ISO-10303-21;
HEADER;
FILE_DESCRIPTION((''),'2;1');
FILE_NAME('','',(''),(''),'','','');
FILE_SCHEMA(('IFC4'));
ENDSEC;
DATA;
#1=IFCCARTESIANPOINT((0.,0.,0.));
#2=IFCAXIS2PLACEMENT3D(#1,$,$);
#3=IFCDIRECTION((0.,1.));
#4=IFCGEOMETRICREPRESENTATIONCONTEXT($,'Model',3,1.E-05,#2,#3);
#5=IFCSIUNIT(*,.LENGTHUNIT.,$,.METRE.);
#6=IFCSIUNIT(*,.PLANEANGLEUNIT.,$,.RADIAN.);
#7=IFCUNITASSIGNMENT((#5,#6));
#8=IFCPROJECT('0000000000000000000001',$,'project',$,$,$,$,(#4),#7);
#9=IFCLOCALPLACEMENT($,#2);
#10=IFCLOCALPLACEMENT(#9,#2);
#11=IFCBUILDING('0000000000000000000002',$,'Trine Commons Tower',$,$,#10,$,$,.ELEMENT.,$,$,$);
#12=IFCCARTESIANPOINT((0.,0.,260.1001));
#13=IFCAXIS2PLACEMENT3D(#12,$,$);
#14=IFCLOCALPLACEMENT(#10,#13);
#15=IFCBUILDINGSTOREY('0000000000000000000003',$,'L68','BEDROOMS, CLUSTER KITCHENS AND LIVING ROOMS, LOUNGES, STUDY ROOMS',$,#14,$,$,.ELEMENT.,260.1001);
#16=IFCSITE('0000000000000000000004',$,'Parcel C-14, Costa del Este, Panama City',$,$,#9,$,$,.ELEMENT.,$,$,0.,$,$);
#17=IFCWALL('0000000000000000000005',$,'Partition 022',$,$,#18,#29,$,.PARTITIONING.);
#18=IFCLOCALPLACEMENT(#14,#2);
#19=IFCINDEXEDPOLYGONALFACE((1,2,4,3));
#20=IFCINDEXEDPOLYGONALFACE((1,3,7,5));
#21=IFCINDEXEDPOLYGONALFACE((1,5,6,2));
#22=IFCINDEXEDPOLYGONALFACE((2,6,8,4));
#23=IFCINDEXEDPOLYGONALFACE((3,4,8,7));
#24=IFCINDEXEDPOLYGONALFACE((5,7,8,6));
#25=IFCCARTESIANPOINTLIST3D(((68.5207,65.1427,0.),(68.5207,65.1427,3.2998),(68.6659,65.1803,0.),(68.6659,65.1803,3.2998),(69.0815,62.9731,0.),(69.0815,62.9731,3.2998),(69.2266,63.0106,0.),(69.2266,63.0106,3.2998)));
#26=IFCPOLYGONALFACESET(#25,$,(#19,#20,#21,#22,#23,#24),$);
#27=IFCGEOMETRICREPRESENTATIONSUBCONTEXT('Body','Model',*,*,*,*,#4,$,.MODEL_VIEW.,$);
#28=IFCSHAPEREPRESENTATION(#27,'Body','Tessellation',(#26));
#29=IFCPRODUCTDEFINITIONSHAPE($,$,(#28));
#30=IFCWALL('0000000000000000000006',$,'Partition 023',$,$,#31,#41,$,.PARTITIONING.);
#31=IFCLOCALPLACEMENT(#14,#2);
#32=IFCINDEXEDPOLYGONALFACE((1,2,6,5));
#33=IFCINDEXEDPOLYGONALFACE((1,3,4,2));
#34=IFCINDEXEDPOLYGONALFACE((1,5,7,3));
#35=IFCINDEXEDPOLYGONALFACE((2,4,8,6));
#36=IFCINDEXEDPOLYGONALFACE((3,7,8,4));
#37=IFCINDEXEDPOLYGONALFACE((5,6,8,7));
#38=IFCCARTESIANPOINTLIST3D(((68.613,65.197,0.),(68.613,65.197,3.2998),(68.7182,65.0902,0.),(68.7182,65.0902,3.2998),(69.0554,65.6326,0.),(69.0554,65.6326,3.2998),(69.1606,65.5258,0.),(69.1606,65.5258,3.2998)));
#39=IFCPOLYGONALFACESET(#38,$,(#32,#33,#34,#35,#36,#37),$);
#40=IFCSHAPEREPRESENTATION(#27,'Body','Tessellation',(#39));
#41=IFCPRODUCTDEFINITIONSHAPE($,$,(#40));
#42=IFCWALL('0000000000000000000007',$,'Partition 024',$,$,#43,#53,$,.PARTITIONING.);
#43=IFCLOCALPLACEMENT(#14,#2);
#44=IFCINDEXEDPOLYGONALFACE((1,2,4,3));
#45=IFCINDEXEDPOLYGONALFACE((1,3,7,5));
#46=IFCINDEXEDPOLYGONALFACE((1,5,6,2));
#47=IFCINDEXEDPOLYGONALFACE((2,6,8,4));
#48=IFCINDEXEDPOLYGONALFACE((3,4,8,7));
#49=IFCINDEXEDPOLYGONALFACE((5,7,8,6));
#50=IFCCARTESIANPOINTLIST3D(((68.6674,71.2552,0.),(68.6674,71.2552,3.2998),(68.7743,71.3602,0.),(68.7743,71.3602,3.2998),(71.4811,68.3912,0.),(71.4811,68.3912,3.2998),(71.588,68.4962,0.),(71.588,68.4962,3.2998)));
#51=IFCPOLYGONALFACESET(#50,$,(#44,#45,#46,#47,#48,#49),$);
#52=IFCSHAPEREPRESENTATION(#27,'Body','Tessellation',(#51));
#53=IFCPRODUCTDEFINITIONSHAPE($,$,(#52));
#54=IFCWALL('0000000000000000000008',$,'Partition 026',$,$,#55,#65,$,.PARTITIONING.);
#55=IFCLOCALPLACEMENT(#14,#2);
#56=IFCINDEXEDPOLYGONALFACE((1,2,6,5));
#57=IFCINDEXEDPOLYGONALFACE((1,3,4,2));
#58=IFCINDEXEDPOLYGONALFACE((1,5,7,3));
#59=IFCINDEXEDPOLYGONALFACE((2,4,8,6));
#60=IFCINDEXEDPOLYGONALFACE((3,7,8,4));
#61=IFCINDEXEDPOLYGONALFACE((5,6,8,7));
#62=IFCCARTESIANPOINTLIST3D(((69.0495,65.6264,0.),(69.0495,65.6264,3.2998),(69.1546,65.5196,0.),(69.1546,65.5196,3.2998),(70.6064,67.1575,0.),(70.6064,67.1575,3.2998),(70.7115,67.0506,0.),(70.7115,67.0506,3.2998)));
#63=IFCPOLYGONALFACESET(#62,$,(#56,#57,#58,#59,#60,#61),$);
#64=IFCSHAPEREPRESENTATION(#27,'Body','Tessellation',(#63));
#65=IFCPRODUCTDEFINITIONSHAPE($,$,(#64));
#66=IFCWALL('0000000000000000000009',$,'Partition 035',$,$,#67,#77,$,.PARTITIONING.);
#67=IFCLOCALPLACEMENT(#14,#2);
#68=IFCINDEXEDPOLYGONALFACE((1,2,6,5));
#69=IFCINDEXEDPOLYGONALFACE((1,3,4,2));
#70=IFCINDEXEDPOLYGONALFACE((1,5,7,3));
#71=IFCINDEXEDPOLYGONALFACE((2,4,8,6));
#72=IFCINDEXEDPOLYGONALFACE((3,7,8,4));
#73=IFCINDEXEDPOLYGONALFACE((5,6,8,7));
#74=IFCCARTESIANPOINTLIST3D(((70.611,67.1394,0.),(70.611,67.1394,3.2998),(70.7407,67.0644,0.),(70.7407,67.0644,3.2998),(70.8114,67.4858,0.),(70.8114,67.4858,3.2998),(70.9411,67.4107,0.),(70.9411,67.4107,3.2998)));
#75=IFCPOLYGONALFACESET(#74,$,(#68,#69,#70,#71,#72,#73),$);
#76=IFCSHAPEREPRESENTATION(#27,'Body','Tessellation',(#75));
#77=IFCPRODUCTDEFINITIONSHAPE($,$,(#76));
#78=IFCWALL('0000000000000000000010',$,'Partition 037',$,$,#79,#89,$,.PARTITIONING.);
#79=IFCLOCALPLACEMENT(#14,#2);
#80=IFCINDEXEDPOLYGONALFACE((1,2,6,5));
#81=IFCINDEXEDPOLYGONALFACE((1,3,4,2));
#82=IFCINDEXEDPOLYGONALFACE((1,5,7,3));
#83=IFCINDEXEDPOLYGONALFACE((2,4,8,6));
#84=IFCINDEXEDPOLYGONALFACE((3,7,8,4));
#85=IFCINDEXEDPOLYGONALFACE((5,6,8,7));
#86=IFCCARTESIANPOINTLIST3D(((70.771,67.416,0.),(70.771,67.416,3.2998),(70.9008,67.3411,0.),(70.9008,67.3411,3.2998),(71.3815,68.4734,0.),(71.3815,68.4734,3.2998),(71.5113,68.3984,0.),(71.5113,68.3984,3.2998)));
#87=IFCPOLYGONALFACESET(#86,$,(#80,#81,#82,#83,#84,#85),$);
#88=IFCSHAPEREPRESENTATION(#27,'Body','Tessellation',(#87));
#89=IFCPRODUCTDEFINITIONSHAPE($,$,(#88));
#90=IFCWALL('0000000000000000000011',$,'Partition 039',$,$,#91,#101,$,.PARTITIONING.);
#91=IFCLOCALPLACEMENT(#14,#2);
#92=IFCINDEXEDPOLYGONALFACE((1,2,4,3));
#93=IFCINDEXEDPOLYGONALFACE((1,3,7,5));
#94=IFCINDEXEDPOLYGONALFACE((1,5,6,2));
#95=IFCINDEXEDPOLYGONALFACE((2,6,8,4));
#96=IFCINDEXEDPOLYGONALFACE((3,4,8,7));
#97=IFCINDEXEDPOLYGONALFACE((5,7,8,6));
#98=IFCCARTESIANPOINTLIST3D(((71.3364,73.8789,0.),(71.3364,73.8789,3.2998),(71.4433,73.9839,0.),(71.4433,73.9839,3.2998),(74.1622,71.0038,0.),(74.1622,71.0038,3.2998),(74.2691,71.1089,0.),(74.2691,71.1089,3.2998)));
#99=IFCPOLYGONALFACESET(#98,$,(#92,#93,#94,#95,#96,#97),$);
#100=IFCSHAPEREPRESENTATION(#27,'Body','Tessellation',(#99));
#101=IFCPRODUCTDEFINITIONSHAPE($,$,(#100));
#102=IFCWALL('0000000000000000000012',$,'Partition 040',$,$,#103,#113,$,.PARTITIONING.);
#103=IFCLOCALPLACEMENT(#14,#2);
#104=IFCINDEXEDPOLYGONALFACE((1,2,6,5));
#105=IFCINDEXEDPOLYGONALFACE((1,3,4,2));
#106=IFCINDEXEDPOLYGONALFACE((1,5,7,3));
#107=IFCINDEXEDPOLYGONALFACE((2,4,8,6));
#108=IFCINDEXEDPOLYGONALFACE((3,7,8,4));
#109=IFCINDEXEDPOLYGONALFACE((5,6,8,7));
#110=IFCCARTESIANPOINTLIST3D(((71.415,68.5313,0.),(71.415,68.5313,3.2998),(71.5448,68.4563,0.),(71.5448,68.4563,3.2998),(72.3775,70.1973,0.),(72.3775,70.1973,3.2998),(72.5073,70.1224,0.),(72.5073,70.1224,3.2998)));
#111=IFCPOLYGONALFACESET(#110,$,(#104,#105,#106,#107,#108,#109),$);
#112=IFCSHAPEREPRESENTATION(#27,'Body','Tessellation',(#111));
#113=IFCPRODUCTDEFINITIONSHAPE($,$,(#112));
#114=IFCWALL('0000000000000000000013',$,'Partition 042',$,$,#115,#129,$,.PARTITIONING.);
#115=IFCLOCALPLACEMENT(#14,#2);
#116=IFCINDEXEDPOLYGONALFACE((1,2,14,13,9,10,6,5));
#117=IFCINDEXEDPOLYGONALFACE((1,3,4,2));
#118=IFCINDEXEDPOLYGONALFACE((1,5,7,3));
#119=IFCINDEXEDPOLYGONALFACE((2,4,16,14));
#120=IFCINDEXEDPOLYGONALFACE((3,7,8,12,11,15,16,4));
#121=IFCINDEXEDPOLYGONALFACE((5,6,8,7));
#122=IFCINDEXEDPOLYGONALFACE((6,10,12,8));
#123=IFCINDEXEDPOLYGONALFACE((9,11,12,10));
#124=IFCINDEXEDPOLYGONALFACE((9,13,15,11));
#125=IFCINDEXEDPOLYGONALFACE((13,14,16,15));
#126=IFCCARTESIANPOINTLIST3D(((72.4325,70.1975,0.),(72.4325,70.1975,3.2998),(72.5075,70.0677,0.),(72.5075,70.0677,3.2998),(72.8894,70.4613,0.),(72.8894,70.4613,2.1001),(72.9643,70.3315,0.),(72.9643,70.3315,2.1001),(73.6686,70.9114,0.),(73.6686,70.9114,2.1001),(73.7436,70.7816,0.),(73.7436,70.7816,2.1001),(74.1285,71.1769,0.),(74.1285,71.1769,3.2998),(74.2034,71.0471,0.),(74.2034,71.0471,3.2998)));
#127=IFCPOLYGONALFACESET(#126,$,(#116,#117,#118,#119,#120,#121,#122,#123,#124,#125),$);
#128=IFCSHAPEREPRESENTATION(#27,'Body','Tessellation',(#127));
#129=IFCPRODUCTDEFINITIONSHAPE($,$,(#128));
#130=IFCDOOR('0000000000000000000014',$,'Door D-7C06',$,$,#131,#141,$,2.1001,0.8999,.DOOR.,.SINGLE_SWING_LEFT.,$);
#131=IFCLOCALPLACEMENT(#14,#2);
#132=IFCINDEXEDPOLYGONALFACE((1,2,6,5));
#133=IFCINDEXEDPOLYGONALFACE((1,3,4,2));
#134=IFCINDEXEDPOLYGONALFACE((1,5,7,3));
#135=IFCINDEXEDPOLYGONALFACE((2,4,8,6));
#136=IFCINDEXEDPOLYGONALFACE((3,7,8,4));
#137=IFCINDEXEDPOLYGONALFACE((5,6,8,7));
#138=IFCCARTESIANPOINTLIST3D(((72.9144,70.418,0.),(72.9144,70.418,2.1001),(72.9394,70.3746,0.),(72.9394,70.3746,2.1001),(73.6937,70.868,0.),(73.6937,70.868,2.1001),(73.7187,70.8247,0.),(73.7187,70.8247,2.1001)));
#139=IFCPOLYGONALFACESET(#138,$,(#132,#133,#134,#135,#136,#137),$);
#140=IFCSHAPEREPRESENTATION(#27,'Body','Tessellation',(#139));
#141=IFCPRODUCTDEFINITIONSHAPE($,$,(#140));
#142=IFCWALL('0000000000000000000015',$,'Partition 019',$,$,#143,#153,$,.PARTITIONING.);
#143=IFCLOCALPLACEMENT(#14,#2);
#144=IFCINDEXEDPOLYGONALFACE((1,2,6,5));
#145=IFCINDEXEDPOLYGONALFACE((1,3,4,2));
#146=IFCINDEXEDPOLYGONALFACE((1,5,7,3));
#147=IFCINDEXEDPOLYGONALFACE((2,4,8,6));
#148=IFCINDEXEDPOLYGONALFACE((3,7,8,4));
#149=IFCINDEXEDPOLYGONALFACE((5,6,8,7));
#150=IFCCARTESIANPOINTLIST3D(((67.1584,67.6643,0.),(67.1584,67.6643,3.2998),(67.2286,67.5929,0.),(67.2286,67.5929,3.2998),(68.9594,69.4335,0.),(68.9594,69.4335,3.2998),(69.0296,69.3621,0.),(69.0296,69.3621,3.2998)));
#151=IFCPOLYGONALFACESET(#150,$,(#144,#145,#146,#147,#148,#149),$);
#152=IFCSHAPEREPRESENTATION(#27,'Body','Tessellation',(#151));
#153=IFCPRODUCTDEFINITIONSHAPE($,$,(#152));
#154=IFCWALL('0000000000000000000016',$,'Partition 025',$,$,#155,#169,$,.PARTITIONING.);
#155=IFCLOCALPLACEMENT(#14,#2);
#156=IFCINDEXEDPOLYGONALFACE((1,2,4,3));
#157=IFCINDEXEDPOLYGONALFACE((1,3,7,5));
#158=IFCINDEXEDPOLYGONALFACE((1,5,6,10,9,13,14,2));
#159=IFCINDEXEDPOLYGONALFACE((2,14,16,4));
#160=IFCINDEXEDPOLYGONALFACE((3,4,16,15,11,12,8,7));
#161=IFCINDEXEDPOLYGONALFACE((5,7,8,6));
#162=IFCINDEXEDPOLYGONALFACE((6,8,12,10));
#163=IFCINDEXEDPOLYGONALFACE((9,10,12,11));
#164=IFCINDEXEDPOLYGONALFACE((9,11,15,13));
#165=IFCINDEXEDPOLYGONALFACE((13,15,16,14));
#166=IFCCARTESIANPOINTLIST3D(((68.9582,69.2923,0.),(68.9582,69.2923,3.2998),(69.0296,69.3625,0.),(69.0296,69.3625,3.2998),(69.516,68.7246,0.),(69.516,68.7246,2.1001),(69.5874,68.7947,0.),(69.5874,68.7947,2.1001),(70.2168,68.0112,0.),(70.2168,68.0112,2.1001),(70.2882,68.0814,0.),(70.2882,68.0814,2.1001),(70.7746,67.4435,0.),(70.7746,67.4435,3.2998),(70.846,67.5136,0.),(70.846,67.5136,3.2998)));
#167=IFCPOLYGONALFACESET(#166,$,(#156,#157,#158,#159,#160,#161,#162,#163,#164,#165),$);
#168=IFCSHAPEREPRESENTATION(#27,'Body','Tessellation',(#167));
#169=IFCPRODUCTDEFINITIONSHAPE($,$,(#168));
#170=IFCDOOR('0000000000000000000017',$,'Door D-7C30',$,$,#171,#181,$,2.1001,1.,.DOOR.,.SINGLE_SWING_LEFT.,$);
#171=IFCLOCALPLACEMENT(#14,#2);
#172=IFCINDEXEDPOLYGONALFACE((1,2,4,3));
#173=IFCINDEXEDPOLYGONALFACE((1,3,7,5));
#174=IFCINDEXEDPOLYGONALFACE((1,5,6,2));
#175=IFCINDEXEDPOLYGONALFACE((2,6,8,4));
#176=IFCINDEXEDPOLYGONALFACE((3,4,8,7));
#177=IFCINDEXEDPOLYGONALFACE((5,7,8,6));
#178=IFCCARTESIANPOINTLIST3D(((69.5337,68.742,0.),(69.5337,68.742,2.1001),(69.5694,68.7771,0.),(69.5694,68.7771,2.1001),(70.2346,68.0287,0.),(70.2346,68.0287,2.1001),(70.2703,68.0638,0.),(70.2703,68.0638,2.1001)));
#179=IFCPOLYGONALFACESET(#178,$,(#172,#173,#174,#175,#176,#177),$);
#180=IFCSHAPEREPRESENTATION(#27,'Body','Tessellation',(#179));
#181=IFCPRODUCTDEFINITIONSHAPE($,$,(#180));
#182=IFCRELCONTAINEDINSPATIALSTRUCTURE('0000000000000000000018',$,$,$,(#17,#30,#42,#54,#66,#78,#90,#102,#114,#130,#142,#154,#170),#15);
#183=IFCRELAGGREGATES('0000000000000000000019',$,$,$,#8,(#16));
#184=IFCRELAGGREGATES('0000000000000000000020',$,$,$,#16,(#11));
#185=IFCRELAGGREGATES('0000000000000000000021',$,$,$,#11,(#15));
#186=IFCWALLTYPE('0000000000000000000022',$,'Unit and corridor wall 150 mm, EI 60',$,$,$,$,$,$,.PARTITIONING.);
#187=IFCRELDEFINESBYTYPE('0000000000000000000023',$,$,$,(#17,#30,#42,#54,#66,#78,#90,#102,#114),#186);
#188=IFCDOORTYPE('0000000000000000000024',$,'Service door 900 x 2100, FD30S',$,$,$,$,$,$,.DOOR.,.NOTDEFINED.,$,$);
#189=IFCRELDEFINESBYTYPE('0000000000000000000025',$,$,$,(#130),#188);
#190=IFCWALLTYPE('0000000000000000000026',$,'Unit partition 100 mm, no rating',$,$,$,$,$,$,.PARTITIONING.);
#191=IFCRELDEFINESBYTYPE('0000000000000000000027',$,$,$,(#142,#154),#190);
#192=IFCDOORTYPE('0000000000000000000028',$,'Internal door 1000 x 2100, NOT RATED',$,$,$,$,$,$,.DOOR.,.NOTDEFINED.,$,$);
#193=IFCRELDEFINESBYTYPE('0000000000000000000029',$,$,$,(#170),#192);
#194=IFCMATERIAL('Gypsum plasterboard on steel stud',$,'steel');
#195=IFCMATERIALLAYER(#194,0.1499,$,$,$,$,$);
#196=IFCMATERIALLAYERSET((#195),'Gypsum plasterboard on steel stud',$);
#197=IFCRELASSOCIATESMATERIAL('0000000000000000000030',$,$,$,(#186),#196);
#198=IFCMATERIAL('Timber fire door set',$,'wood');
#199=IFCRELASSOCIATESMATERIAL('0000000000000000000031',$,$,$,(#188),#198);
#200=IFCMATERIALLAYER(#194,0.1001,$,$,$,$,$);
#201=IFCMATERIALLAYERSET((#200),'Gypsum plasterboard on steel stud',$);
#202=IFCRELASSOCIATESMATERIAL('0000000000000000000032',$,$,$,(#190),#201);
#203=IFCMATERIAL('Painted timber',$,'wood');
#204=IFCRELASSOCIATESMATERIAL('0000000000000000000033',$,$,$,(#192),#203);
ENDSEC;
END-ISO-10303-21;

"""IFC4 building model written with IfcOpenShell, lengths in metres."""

from ifc_helpers import new_model, si_unit, direction, frame, frame_2d, origin, place, context, subcontext, project, spatial, rectangle, extrude, material, layer, layer_set, type_object, element, fill, save


model = new_model("IFC4")

# Units and contexts
model_context = context("Model", 3, precision=1e-05, world=origin(), true_north=direction((0.0, 1.0)))
body_context = subcontext(model_context, "Body", "Model", "MODEL_VIEW")
ifc_project = project(units=[si_unit("LENGTHUNIT", "METRE"), si_unit("PLANEANGLEUNIT", "RADIAN")], contexts=[model_context])

# Site, building, storey
site_placement = place(None, origin())
site = spatial("IfcSite", under=ifc_project, at=site_placement, Name="Parcel C-14, Costa del Este, Panama City", CompositionType="ELEMENT", RefElevation=0.0)
building_placement = place(site_placement, origin())
building = spatial("IfcBuilding", under=site, at=building_placement, Name="Trine Commons Tower", CompositionType="ELEMENT")
storey_placement = place(building_placement, frame((0.0, 0.0, 260.1001)))
storey = spatial("IfcBuildingStorey", under=building, at=storey_placement, Name="L68", Description="BEDROOMS, CLUSTER KITCHENS AND LIVING ROOMS, LOUNGES, STUDY ROOMS", CompositionType="ELEMENT", Elevation=260.1001)

# Shared definitions
ifc_material_1 = material(Name="Gypsum plasterboard on steel stud", Category="steel")
ifc_layer_1 = layer(ifc_material_1, 0.1499)
ifc_layer_set_1 = layer_set([ifc_layer_1], Name="Gypsum plasterboard on steel stud")
wall_type_1 = type_object("IfcWallType", Name="Unit and corridor wall 150 mm, EI 60", PredefinedType="PARTITIONING", material=ifc_layer_set_1)
ifc_material_2 = material(Name="Timber fire door set", Category="wood")

# Walls
wall_1_placement = place(storey_placement, frame((68.5933, 65.1616, 0.0), z_axis=(0.0, 0.0, 1.0), x_axis=(0.250244, -0.968183, 0.0)))
element("IfcWall", 1, at=wall_1_placement, inside=storey, type_object=wall_type_1, Name="Partition 022", PredefinedType="PARTITIONING", context=body_context, shape_type="SweptSolid", body=[
    extrude(rectangle(XDim=2.241, YDim=0.1499, at=frame_2d((1.1206, 0.0))), origin(), (0.0, 0.0, 1.0), 3.2998),
])
wall_2_placement = place(storey_placement, frame((68.6655, 65.1436, 0.0), z_axis=(0.0, 0.0, 1.0), x_axis=(0.712591, 0.70158, 0.0)))
element("IfcWall", 2, at=wall_2_placement, inside=storey, type_object=wall_type_1, Name="Partition 023", PredefinedType="PARTITIONING", context=body_context, shape_type="SweptSolid", body=[
    extrude(rectangle(XDim=0.6208, YDim=0.1499, at=frame_2d((0.3105, 0.0))), origin(), (0.0, 0.0, 1.0), 3.2998),
])
wall_3_placement = place(storey_placement, frame((68.7209, 71.3076, 0.0), z_axis=(0.0, 0.0, 1.0), x_axis=(0.700816, -0.713342, 0.0)))
element("IfcWall", 3, at=wall_3_placement, inside=storey, type_object=wall_type_1, Name="Partition 024", PredefinedType="PARTITIONING", context=body_context, shape_type="SweptSolid", body=[
    extrude(rectangle(XDim=4.0149, YDim=0.1499, at=frame_2d((2.0073, 0.0))), origin(), (0.0, 0.0, 1.0), 3.2998),
])
wall_4_placement = place(storey_placement, frame((69.1021, 65.573, 0.0), z_axis=(0.0, 0.0, 1.0), x_axis=(0.713008, 0.701156, 0.0)))
element("IfcWall", 4, at=wall_4_placement, inside=storey, type_object=wall_type_1, Name="Partition 026", PredefinedType="PARTITIONING", context=body_context, shape_type="SweptSolid", body=[
    extrude(rectangle(XDim=2.1836, YDim=0.1499, at=frame_2d((1.0918, 0.0))), origin(), (0.0, 0.0, 1.0), 3.2998),
])
wall_5_placement = place(storey_placement, frame((70.6758, 67.1018, 0.0), z_axis=(0.0, 0.0, 1.0), x_axis=(0.500796, 0.865565, 0.0)))
element("IfcWall", 5, at=wall_5_placement, inside=storey, type_object=wall_type_1, Name="Partition 035", PredefinedType="PARTITIONING", context=body_context, shape_type="SweptSolid", body=[
    extrude(rectangle(XDim=0.4001, YDim=0.1499, at=frame_2d((0.2002, 0.0))), origin(), (0.0, 0.0, 1.0), 3.2998),
])
wall_6_placement = place(storey_placement, frame((70.8359, 67.3787, 0.0), z_axis=(0.0, 0.0, 1.0), x_axis=(0.500074, 0.865982, 0.0)))
element("IfcWall", 6, at=wall_6_placement, inside=storey, type_object=wall_type_1, Name="Partition 037", PredefinedType="PARTITIONING", context=body_context, shape_type="SweptSolid", body=[
    extrude(rectangle(XDim=1.2209, YDim=0.1499, at=frame_2d((0.6104, 0.0))), origin(), (0.0, 0.0, 1.0), 3.2998),
])
wall_7_placement = place(storey_placement, frame((71.3899, 73.9314, 0.0), z_axis=(0.0, 0.0, 1.0), x_axis=(0.700963, -0.713197, 0.0)))
element("IfcWall", 7, at=wall_7_placement, inside=storey, type_object=wall_type_1, Name="Partition 039", PredefinedType="PARTITIONING", context=body_context, shape_type="SweptSolid", body=[
    extrude(rectangle(XDim=4.0312, YDim=0.1499, at=frame_2d((2.0156, 0.0))), origin(), (0.0, 0.0, 1.0), 3.2998),
])
wall_8_placement = place(storey_placement, frame((71.48, 68.4939, 0.0), z_axis=(0.0, 0.0, 1.0), x_axis=(0.500206, 0.865907, 0.0)))
element("IfcWall", 8, at=wall_8_placement, inside=storey, type_object=wall_type_1, Name="Partition 040", PredefinedType="PARTITIONING", context=body_context, shape_type="SweptSolid", body=[
    extrude(rectangle(XDim=1.9241, YDim=0.1499, at=frame_2d((0.9619, 0.0))), origin(), (0.0, 0.0, 1.0), 3.2998),
])

# Wall, opening, door
wall_9_placement = place(storey_placement, frame((72.47, 70.1326, 0.0), z_axis=(0.0, 0.0, 1.0), x_axis=(0.865963, 0.500107, 0.0)))
wall_9 = element("IfcWall", 9, at=wall_9_placement, inside=storey, type_object=wall_type_1, Name="Partition 042", PredefinedType="PARTITIONING", context=body_context, shape_type="SweptSolid", body=[
    extrude(rectangle(XDim=1.9585, YDim=0.1499, at=frame_2d((0.9792, 0.0))), origin(), (0.0, 0.0, 1.0), 3.2998),
])
opening_1_placement = place(wall_9_placement, frame((0.5276, 0.0, 0.0)))
opening_1 = element("IfcOpeningElement", 10, at=opening_1_placement, cuts=wall_9, PredefinedType="OPENING", context=body_context, shape_type="SweptSolid", body=[
    extrude(rectangle(XDim=0.8999, YDim=2.1001, at=frame_2d((0.45, 1.05))), frame((0.0, 0.085, 0.0), z_axis=(0.0, -1.0, 0.0), x_axis=(1.0, 0.0, 0.0)), (0.0, 0.0, 1.0), 0.1699),
])
door_type_1 = type_object("IfcDoorType", Name="Service door 900 x 2100, FD30S", OperationType="NOTDEFINED", PredefinedType="DOOR", material=ifc_material_2)
door_1_placement = place(opening_1_placement, origin())
door_1 = element("IfcDoor", 11, at=door_1_placement, inside=storey, type_object=door_type_1, Name="Door D-7C06", OperationType="SINGLE_SWING_LEFT", OverallHeight=2.1001, OverallWidth=0.8999, PredefinedType="DOOR", context=body_context, shape_type="SweptSolid", body=[
    extrude(rectangle(XDim=0.8999, YDim=2.1001, at=frame_2d((0.45, 1.05))), frame((0.0, 0.0249, 0.0), z_axis=(0.0, -1.0, 0.0), x_axis=(1.0, 0.0, 0.0)), (0.0, 0.0, 1.0), 0.05),
])
fill(opening_1, door_1)

# Wall
ifc_layer_2 = layer(ifc_material_1, 0.1001)
ifc_layer_set_2 = layer_set([ifc_layer_2], Name="Gypsum plasterboard on steel stud")
wall_type_2 = type_object("IfcWallType", Name="Unit partition 100 mm, no rating", PredefinedType="PARTITIONING", material=ifc_layer_set_2)
wall_10_placement = place(storey_placement, frame((67.1936, 67.6287, 0.0), z_axis=(0.0, 0.0, 1.0), x_axis=(0.713364, 0.700793, 0.0)))
element("IfcWall", 12, at=wall_10_placement, inside=storey, type_object=wall_type_2, Name="Partition 019", PredefinedType="PARTITIONING", context=body_context, shape_type="SweptSolid", body=[
    extrude(rectangle(XDim=2.5247, YDim=0.1001, at=frame_2d((1.2622, 0.0))), origin(), (0.0, 0.0, 1.0), 3.2998),
])

# Wall, opening, door
wall_11_placement = place(storey_placement, frame((68.9939, 69.3274, 0.0), z_axis=(0.0, 0.0, 1.0), x_axis=(0.700815, -0.713343, 0.0)))
wall_11 = element("IfcWall", 13, at=wall_11_placement, inside=storey, type_object=wall_type_2, Name="Partition 025", PredefinedType="PARTITIONING", context=body_context, shape_type="SweptSolid", body=[
    extrude(rectangle(XDim=2.5918, YDim=0.1001, at=frame_2d((1.2959, 0.0))), origin(), (0.0, 0.0, 1.0), 3.2998),
])
opening_2_placement = place(wall_11_placement, frame((0.7959, 0.0, 0.0)))
opening_2 = element("IfcOpeningElement", 14, at=opening_2_placement, cuts=wall_11, PredefinedType="OPENING", context=body_context, shape_type="SweptSolid", body=[
    extrude(rectangle(XDim=1.0, YDim=2.1001, at=frame_2d((0.5, 1.05))), frame((0.0, 0.0601, 0.0), z_axis=(0.0, -1.0, 0.0), x_axis=(1.0, 0.0, 0.0)), (0.0, 0.0, 1.0), 0.1201),
])
ifc_material_3 = material(Name="Painted timber", Category="wood")
door_type_2 = type_object("IfcDoorType", Name="Internal door 1000 x 2100, NOT RATED", OperationType="NOTDEFINED", PredefinedType="DOOR", material=ifc_material_3)
door_2_placement = place(opening_2_placement, origin())
door_2 = element("IfcDoor", 15, at=door_2_placement, inside=storey, type_object=door_type_2, Name="Door D-7C30", OperationType="SINGLE_SWING_LEFT", OverallHeight=2.1001, OverallWidth=1.0, PredefinedType="DOOR", context=body_context, shape_type="SweptSolid", body=[
    extrude(rectangle(XDim=1.0, YDim=2.1001, at=frame_2d((0.5, 1.05))), frame((0.0, 0.0249, 0.0), z_axis=(0.0, -1.0, 0.0), x_axis=(1.0, 0.0, 0.0)), (0.0, 0.0, 1.0), 0.05),
])
fill(opening_2, door_2)

save(model, "model.ifc")
